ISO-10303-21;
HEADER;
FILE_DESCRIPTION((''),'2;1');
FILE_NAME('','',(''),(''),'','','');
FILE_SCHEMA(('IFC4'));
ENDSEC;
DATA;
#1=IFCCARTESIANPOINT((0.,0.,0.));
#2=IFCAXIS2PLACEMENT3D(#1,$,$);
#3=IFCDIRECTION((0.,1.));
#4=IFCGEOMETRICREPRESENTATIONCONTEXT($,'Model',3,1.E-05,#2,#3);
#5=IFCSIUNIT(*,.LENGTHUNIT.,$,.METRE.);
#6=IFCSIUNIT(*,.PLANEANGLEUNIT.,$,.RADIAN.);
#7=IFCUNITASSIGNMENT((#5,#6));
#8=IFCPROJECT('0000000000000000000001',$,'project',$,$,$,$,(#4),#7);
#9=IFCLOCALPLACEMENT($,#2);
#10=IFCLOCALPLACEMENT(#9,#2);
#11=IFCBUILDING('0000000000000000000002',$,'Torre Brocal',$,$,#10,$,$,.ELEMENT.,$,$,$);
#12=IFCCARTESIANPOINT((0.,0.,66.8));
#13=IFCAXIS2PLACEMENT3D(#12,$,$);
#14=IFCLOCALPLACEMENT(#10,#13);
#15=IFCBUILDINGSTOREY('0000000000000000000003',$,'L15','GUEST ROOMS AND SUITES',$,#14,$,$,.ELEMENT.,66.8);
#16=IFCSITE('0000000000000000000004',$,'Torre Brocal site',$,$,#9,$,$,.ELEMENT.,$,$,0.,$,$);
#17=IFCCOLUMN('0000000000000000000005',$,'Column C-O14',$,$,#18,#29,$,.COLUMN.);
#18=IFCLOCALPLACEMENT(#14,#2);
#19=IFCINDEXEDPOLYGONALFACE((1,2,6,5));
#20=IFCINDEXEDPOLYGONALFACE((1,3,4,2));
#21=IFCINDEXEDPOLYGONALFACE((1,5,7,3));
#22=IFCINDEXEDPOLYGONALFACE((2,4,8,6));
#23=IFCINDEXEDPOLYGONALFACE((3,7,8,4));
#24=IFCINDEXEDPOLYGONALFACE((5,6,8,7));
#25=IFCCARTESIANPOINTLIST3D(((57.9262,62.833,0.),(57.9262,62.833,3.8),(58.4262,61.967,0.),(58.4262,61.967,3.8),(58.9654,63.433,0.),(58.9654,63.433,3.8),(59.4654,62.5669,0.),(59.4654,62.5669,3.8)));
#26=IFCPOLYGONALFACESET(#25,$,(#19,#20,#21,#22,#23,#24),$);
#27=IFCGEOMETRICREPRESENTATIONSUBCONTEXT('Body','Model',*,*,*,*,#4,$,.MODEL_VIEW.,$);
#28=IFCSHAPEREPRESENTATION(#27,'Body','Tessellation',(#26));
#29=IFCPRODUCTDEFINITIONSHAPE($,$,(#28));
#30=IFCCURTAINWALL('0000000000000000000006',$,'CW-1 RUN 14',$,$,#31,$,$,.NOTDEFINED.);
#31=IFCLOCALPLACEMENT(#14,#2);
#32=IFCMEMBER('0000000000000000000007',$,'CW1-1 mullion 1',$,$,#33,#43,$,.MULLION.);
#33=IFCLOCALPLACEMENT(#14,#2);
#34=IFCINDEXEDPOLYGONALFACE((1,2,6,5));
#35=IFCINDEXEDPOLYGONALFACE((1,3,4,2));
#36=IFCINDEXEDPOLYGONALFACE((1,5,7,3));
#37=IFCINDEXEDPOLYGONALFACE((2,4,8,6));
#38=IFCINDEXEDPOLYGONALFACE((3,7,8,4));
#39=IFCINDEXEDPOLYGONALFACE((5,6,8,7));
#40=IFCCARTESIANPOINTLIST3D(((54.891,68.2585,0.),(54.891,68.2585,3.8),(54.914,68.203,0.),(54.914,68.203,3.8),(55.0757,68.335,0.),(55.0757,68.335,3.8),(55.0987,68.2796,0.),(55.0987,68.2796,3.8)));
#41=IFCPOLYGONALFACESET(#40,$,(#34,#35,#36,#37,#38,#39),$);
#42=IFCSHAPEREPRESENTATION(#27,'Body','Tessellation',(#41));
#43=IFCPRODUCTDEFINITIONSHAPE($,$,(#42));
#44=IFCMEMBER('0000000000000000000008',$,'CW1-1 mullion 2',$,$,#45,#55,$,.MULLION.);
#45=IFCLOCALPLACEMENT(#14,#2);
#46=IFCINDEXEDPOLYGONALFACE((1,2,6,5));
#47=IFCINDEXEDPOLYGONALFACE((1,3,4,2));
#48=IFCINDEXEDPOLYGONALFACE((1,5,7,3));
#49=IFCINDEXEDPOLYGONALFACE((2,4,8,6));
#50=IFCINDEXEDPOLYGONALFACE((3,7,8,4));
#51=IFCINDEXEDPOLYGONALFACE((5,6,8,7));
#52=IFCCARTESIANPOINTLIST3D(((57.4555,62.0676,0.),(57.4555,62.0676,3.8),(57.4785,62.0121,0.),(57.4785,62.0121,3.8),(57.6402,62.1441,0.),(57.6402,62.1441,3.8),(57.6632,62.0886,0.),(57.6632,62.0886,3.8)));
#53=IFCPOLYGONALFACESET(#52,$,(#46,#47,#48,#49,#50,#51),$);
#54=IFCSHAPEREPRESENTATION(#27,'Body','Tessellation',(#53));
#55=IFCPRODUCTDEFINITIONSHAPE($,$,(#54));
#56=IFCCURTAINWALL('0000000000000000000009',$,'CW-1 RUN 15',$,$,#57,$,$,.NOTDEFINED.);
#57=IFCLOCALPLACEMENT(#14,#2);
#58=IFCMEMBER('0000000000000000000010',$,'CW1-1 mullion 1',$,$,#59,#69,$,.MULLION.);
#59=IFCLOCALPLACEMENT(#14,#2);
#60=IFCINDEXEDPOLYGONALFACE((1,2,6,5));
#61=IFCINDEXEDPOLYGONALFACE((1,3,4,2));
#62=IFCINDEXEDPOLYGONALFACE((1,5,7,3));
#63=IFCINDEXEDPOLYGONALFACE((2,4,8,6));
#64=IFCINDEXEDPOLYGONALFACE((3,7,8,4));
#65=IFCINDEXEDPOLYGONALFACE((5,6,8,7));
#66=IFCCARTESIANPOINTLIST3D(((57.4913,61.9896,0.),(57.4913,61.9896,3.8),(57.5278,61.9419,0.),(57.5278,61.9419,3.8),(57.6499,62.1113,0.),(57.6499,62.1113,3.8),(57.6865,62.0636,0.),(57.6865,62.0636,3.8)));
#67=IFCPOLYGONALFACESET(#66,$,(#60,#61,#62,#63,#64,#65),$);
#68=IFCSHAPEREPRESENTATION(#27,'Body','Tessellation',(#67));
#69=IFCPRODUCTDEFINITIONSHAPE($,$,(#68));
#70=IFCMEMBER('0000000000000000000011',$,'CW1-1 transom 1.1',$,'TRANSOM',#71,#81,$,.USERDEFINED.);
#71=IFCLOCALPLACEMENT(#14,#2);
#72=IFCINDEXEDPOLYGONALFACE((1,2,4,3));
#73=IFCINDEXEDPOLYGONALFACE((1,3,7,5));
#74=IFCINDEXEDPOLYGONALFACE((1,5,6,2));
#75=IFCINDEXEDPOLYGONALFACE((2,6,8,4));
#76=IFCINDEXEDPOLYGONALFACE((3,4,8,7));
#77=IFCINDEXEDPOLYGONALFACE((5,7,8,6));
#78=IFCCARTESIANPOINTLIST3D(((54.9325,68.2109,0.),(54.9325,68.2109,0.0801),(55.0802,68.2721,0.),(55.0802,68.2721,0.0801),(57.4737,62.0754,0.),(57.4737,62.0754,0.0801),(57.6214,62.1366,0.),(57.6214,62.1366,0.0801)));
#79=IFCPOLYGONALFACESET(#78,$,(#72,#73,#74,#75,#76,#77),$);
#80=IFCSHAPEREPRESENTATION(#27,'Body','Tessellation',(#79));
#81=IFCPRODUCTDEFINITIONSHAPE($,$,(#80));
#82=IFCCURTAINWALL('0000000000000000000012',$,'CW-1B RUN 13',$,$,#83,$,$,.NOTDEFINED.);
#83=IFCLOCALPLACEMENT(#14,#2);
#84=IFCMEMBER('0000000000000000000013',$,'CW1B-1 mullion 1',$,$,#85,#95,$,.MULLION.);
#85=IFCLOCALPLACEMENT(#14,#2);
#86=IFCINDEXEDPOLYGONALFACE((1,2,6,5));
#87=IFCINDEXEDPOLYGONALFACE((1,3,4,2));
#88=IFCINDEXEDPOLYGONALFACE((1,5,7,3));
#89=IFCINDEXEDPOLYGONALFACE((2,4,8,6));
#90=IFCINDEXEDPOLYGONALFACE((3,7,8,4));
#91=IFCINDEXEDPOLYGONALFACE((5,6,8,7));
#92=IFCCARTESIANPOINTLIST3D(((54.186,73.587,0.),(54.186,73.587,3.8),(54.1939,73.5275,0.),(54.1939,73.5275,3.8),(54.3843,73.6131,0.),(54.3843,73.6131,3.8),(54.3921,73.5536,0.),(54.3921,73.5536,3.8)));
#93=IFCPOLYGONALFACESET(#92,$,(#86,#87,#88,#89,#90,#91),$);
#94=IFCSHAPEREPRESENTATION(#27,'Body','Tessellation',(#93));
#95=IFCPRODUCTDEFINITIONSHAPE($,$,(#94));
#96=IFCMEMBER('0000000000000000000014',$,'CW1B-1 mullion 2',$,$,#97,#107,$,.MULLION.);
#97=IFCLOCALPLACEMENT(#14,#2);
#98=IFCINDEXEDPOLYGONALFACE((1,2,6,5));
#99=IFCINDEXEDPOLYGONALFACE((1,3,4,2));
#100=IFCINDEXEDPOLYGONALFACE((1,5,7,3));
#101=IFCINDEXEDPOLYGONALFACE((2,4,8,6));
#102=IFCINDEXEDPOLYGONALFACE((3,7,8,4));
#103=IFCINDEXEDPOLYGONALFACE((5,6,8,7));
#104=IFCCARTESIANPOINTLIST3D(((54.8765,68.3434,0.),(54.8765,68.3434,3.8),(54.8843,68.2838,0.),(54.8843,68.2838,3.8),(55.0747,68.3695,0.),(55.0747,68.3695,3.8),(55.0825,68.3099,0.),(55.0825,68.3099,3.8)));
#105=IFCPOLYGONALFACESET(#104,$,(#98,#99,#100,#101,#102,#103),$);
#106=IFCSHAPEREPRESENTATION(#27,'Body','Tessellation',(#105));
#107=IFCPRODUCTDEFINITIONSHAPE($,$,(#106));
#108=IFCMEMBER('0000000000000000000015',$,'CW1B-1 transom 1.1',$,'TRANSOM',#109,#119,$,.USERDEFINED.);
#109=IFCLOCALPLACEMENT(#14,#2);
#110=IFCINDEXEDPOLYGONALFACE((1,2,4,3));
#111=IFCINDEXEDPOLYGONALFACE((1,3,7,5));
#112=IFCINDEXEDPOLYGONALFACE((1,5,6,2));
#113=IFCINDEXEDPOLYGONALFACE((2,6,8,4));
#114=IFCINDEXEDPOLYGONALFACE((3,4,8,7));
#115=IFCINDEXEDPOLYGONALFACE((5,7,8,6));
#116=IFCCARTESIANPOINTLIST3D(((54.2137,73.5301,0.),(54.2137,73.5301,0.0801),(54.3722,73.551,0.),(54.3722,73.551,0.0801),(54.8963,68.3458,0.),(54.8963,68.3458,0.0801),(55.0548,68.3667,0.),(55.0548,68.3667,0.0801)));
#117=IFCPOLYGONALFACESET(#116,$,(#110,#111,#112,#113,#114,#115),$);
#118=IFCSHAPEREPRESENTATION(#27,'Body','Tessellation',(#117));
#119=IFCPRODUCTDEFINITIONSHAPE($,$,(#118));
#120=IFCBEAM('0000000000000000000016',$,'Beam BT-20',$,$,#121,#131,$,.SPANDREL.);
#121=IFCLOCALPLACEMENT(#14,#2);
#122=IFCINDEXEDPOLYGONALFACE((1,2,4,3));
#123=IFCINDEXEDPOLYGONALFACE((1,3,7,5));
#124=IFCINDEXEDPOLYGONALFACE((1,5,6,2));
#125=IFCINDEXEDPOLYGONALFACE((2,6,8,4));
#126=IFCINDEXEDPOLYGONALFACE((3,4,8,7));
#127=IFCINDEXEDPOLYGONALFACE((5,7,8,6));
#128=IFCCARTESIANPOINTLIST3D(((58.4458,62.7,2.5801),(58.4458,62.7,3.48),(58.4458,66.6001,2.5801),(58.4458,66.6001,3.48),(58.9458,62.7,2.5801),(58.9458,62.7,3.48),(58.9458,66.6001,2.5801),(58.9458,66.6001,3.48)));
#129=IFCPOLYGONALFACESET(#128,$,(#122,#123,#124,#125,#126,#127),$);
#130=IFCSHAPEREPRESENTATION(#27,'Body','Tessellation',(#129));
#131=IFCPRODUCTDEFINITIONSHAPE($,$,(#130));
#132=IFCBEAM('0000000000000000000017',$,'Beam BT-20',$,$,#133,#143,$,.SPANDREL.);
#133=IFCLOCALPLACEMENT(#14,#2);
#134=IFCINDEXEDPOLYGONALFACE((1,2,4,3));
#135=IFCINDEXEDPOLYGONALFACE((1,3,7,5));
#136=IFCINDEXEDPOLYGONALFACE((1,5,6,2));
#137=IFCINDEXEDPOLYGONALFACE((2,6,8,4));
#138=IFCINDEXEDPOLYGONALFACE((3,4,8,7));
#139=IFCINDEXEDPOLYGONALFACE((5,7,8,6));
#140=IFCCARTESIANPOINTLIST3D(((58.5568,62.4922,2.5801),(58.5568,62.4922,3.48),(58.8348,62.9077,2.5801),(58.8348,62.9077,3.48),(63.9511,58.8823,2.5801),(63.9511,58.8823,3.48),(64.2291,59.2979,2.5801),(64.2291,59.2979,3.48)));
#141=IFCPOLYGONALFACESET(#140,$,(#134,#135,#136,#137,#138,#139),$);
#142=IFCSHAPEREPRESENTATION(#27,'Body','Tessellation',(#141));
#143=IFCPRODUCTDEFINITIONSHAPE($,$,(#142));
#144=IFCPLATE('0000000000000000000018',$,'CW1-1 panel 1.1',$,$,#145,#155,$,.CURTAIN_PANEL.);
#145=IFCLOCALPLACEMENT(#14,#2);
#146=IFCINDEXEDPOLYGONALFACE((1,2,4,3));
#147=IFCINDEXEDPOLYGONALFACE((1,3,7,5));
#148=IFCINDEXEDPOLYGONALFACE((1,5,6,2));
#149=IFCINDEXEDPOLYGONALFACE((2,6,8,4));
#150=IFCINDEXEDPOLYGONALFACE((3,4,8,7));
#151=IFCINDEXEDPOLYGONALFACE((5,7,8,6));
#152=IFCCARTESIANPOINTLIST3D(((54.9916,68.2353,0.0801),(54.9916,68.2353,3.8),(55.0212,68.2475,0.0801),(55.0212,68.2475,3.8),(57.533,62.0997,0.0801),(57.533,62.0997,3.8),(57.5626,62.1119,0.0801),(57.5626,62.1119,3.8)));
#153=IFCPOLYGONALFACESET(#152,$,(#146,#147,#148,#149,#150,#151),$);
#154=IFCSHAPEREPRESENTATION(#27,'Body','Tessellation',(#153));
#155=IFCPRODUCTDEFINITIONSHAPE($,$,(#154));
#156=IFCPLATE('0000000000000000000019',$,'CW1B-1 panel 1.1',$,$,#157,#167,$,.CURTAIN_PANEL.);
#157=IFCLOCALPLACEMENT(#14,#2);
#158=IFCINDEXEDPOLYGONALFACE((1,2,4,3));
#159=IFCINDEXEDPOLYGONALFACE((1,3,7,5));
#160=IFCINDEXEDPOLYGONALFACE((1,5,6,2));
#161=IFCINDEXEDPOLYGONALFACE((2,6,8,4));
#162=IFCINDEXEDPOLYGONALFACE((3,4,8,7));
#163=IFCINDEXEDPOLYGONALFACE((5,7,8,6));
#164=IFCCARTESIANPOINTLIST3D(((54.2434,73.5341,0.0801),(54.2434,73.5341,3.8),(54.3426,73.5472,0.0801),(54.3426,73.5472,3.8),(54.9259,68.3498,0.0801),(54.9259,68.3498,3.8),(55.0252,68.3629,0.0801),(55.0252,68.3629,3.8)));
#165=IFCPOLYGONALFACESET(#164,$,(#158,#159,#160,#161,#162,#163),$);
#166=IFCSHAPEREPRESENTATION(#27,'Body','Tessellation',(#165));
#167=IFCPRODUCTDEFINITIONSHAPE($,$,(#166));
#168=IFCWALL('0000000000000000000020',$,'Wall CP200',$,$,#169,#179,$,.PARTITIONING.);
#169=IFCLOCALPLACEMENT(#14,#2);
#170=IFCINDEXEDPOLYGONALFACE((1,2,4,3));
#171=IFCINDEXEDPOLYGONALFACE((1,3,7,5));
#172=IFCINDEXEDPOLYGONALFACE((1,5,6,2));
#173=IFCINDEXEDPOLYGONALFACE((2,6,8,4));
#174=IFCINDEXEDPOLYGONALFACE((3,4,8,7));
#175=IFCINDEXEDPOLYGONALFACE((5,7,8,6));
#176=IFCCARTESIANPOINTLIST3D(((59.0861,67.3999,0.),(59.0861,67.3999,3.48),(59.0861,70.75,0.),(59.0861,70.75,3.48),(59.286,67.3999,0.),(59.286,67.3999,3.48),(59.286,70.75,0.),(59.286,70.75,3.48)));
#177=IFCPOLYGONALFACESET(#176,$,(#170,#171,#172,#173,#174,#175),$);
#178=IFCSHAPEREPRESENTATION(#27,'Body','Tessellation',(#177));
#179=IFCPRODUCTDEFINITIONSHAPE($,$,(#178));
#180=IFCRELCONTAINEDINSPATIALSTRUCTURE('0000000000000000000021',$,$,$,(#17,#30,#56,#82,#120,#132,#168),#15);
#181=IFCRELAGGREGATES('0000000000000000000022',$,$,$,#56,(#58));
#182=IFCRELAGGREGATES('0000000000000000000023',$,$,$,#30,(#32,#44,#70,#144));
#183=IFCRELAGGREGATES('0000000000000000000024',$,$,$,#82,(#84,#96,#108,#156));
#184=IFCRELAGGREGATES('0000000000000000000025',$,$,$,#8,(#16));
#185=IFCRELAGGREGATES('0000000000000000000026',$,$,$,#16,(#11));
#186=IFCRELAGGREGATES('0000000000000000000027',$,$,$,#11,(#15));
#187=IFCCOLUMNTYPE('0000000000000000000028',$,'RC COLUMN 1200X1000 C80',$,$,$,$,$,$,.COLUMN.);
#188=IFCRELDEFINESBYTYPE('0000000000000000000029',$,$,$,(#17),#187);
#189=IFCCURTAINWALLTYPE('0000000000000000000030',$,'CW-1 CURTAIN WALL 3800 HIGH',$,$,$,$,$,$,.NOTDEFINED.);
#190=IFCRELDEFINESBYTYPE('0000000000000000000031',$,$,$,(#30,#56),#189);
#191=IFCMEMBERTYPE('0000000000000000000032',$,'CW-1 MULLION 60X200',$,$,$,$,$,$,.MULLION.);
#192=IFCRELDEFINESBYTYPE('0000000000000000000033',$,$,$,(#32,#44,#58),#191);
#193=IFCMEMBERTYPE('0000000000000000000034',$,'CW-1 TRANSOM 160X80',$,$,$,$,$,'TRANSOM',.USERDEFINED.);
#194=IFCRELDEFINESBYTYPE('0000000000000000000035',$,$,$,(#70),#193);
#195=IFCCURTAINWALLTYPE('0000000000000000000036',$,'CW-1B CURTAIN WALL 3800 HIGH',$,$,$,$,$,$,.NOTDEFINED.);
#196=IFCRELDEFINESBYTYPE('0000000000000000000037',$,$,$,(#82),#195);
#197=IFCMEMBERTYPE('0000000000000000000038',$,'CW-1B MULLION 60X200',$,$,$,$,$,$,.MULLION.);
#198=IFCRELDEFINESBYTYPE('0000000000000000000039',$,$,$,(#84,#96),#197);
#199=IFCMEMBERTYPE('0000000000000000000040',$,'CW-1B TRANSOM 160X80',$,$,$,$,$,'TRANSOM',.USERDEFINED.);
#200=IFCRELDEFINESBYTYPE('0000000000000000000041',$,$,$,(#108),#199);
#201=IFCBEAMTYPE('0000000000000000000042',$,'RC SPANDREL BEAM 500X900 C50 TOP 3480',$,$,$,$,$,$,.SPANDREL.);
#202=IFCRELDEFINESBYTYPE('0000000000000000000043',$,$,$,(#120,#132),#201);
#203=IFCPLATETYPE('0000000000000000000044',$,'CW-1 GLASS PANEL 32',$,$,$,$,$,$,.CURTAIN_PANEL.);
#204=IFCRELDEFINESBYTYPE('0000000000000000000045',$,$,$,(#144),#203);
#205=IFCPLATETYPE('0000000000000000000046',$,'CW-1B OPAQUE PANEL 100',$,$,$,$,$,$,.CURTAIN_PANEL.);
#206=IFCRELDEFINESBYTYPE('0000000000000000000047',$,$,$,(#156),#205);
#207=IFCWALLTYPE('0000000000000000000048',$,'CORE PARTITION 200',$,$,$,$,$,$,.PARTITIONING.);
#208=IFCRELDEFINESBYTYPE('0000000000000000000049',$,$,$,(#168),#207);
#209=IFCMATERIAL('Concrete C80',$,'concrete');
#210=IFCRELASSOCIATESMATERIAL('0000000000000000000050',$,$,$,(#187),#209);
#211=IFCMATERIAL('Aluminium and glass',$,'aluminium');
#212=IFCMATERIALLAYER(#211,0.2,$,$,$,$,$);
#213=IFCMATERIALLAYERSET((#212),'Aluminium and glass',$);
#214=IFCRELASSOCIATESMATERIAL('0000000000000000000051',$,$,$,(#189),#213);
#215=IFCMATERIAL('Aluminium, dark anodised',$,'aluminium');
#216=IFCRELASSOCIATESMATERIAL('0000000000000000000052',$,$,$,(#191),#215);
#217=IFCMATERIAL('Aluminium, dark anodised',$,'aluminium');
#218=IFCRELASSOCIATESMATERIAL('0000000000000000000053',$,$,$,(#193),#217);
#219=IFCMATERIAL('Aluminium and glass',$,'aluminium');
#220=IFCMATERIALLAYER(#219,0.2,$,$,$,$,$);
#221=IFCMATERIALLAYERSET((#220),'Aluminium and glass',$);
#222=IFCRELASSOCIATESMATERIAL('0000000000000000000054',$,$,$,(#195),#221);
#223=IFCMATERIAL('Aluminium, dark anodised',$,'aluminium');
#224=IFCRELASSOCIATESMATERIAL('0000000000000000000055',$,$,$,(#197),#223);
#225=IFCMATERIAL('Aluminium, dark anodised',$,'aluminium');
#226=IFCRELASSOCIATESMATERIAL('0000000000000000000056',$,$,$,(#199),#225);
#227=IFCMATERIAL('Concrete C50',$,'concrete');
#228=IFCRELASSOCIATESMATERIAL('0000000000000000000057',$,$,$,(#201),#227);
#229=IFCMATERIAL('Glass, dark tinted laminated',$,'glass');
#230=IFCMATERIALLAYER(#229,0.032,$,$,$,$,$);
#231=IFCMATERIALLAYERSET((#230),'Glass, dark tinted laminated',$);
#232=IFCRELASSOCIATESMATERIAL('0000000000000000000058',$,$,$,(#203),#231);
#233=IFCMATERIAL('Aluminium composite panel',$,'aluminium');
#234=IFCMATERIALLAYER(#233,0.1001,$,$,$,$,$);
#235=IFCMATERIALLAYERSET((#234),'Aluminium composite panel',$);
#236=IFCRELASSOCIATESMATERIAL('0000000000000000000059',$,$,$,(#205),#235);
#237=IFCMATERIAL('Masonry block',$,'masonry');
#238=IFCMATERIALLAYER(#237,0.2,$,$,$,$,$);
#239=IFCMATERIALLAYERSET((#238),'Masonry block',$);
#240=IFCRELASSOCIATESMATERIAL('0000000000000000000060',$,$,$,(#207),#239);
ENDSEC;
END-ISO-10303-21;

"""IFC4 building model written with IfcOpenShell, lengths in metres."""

from ifc_helpers import new_model, si_unit, direction, frame, frame_2d, origin, origin_2d, place, context, subcontext, project, spatial, rectangle, extrude, material, layer, layer_set, material_profile, profile_set, type_object, element, aggregate, save


model = new_model("IFC4")

# Units and contexts
model_context = context("Model", 3, precision=1e-05, world=origin(), true_north=direction((0.0, 1.0)))
body_context = subcontext(model_context, "Body", "Model", "MODEL_VIEW")
ifc_project = project(units=[si_unit("LENGTHUNIT", "METRE"), si_unit("PLANEANGLEUNIT", "RADIAN")], contexts=[model_context])

# Site, building, storey
site_placement = place(None, origin())
site = spatial("IfcSite", under=ifc_project, at=site_placement, Name="Torre Brocal site", CompositionType="ELEMENT", RefElevation=0.0)
building_placement = place(site_placement, origin())
building = spatial("IfcBuilding", under=site, at=building_placement, Name="Torre Brocal", CompositionType="ELEMENT")
storey_placement = place(building_placement, frame((0.0, 0.0, 66.8)))
storey = spatial("IfcBuildingStorey", under=building, at=storey_placement, Name="L15", Description="GUEST ROOMS AND SUITES", CompositionType="ELEMENT", Elevation=66.8)

# Column
ifc_material_1 = material(Name="Concrete C80", Category="concrete")
ifc_material_profile_1 = material_profile(ifc_material_1, rectangle(XDim=1.2, YDim=1.0, at=origin_2d()), Name="RC 1200X1000")
ifc_profile_set_1 = profile_set([ifc_material_profile_1], Name="Concrete C80")
column_type = type_object("IfcColumnType", Name="RC COLUMN 1200X1000 C80", PredefinedType="COLUMN", material=ifc_profile_set_1)
column_placement = place(storey_placement, frame((58.6958, 62.7, 0.0), z_axis=(0.0, 0.0, 1.0), x_axis=(-0.866025, -0.5, 0.0)))
element("IfcColumn", 1, at=column_placement, inside=storey, type_object=column_type, Name="Column C-O14", PredefinedType="COLUMN", context=body_context, shape_type="SweptSolid", body=[
    extrude(rectangle(XDim=1.2, YDim=1.0, at=origin_2d()), origin(), (0.0, 0.0, 1.0), 3.8),
])

# Curtain wall, members
ifc_material_2 = material(Name="Aluminium and glass", Category="aluminium")
ifc_layer_1 = layer(ifc_material_2, 0.2)
ifc_layer_set_1 = layer_set([ifc_layer_1], Name="Aluminium and glass")
curtain_wall_type_1 = type_object("IfcCurtainWallType", Name="CW-1 CURTAIN WALL 3800 HIGH", PredefinedType="NOTDEFINED", material=ifc_layer_set_1)
curtain_wall_1_placement = place(storey_placement, origin())
curtain_wall_1 = element("IfcCurtainWall", 2, at=curtain_wall_1_placement, inside=storey, type_object=curtain_wall_type_1, Name="CW-1 RUN 14", PredefinedType="NOTDEFINED")
ifc_material_3 = material(Name="Aluminium, dark anodised", Category="aluminium")
ifc_material_profile_2 = material_profile(ifc_material_3, rectangle(XDim=0.2, YDim=0.0601, at=origin_2d()), Name="CW-1 MULLION 60X200")
ifc_profile_set_2 = profile_set([ifc_material_profile_2], Name="Aluminium, dark anodised")
member_type_1 = type_object("IfcMemberType", Name="CW-1 MULLION 60X200", PredefinedType="MULLION", material=ifc_profile_set_2)
member_1_placement = place(storey_placement, frame((54.9949, 68.269, 0.0), z_axis=(0.0, 0.0, 1.0), x_axis=(0.92388, 0.382683, 0.0)))
member_1 = element("IfcMember", 3, at=member_1_placement, type_object=member_type_1, Name="CW1-1 mullion 1", PredefinedType="MULLION", context=body_context, shape_type="SweptSolid", body=[
    extrude(rectangle(XDim=0.2, YDim=0.0601, at=origin_2d()), origin(), (0.0, 0.0, 1.0), 3.8),
])
member_2_placement = place(storey_placement, frame((57.5593, 62.0781, 0.0), z_axis=(0.0, 0.0, 1.0), x_axis=(0.92388, 0.382683, 0.0)))
member_2 = element("IfcMember", 4, at=member_2_placement, type_object=member_type_1, Name="CW1-1 mullion 2", PredefinedType="MULLION", context=body_context, shape_type="SweptSolid", body=[
    extrude(rectangle(XDim=0.2, YDim=0.0601, at=origin_2d()), origin(), (0.0, 0.0, 1.0), 3.8),
])

# Curtain wall, member
curtain_wall_2_placement = place(storey_placement, origin())
curtain_wall_2 = element("IfcCurtainWall", 5, at=curtain_wall_2_placement, inside=storey, type_object=curtain_wall_type_1, Name="CW-1 RUN 15", PredefinedType="NOTDEFINED")
member_3_placement = place(storey_placement, frame((57.5889, 62.0266, 0.0), z_axis=(0.0, 0.0, 1.0), x_axis=(0.793353, 0.608761, 0.0)))
member_3 = element("IfcMember", 6, at=member_3_placement, type_object=member_type_1, Name="CW1-1 mullion 1", PredefinedType="MULLION", context=body_context, shape_type="SweptSolid", body=[
    extrude(rectangle(XDim=0.2, YDim=0.0601, at=origin_2d()), origin(), (0.0, 0.0, 1.0), 3.8),
])
aggregate(curtain_wall_2, [member_3])

# Member
ifc_material_4 = material(Name="Aluminium, dark anodised", Category="aluminium")
ifc_material_profile_3 = material_profile(ifc_material_4, rectangle(XDim=0.1599, YDim=0.0801, at=origin_2d()), Name="CW-1 TRANSOM 160X80")
ifc_profile_set_3 = profile_set([ifc_material_profile_3], Name="Aluminium, dark anodised")
member_type_2 = type_object("IfcMemberType", Name="CW-1 TRANSOM 160X80", ElementType="TRANSOM", PredefinedType="USERDEFINED", material=ifc_profile_set_3)
member_4_placement = place(storey_placement, frame((55.0063, 68.2415, 0.04), z_axis=(0.382665, -0.923887, 0.0), x_axis=(0.923887, 0.382665, 0.0)))
member_4 = element("IfcMember", 7, at=member_4_placement, type_object=member_type_2, Name="CW1-1 transom 1.1", ObjectType="TRANSOM", PredefinedType="USERDEFINED", context=body_context, shape_type="SweptSolid", body=[
    extrude(rectangle(XDim=0.1599, YDim=0.0801, at=origin_2d()), origin(), (0.0, 0.0, 1.0), 6.6409),
])

# Curtain wall, members
ifc_material_5 = material(Name="Aluminium and glass", Category="aluminium")
ifc_layer_2 = layer(ifc_material_5, 0.2)
ifc_layer_set_2 = layer_set([ifc_layer_2], Name="Aluminium and glass")
curtain_wall_type_2 = type_object("IfcCurtainWallType", Name="CW-1B CURTAIN WALL 3800 HIGH", PredefinedType="NOTDEFINED", material=ifc_layer_set_2)
curtain_wall_3_placement = place(storey_placement, origin())
curtain_wall_3 = element("IfcCurtainWall", 8, at=curtain_wall_3_placement, inside=storey, type_object=curtain_wall_type_2, Name="CW-1B RUN 13", PredefinedType="NOTDEFINED")
ifc_material_6 = material(Name="Aluminium, dark anodised", Category="aluminium")
ifc_material_profile_4 = material_profile(ifc_material_6, rectangle(XDim=0.2, YDim=0.0601, at=origin_2d()), Name="CW-1B MULLION 60X200")
ifc_profile_set_4 = profile_set([ifc_material_profile_4], Name="Aluminium, dark anodised")
member_type_3 = type_object("IfcMemberType", Name="CW-1B MULLION 60X200", PredefinedType="MULLION", material=ifc_profile_set_4)
member_5_placement = place(storey_placement, frame((54.2891, 73.5703, 0.0), z_axis=(0.0, 0.0, 1.0), x_axis=(0.991445, 0.130526, 0.0)))
member_5 = element("IfcMember", 9, at=member_5_placement, type_object=member_type_3, Name="CW1B-1 mullion 1", PredefinedType="MULLION", context=body_context, shape_type="SweptSolid", body=[
    extrude(rectangle(XDim=0.2, YDim=0.0601, at=origin_2d()), origin(), (0.0, 0.0, 1.0), 3.8),
])
member_6_placement = place(storey_placement, frame((54.9795, 68.3267, 0.0), z_axis=(0.0, 0.0, 1.0), x_axis=(0.991445, 0.130526, 0.0)))
member_6 = element("IfcMember", 10, at=member_6_placement, type_object=member_type_3, Name="CW1B-1 mullion 2", PredefinedType="MULLION", context=body_context, shape_type="SweptSolid", body=[
    extrude(rectangle(XDim=0.2, YDim=0.0601, at=origin_2d()), origin(), (0.0, 0.0, 1.0), 3.8),
])
ifc_material_7 = material(Name="Aluminium, dark anodised", Category="aluminium")
ifc_material_profile_5 = material_profile(ifc_material_7, rectangle(XDim=0.1599, YDim=0.0801, at=origin_2d()), Name="CW-1B TRANSOM 160X80")
ifc_profile_set_5 = profile_set([ifc_material_profile_5], Name="Aluminium, dark anodised")
member_type_4 = type_object("IfcMemberType", Name="CW-1B TRANSOM 160X80", ElementType="TRANSOM", PredefinedType="USERDEFINED", material=ifc_profile_set_5)
member_7_placement = place(storey_placement, frame((54.293, 73.5405, 0.04), z_axis=(0.130543, -0.991443, 0.0), x_axis=(0.991443, 0.130543, 0.0)))
member_7 = element("IfcMember", 11, at=member_7_placement, type_object=member_type_4, Name="CW1B-1 transom 1.1", ObjectType="TRANSOM", PredefinedType="USERDEFINED", context=body_context, shape_type="SweptSolid", body=[
    extrude(rectangle(XDim=0.1599, YDim=0.0801, at=origin_2d()), origin(), (0.0, 0.0, 1.0), 5.229),
])

# Beams
ifc_material_8 = material(Name="Concrete C50", Category="concrete")
ifc_material_profile_6 = material_profile(ifc_material_8, rectangle(XDim=0.5, YDim=0.8999, at=origin_2d()), Name="RC 500X900")
ifc_profile_set_6 = profile_set([ifc_material_profile_6], Name="Concrete C50")
beam_type = type_object("IfcBeamType", Name="RC SPANDREL BEAM 500X900 C50 TOP 3480", PredefinedType="SPANDREL", material=ifc_profile_set_6)
beam_1_placement = place(storey_placement, frame((58.6958, 62.7, 3.03), z_axis=(0.0, 1.0, 0.0), x_axis=(-1.0, 0.0, 0.0)))
element("IfcBeam", 12, at=beam_1_placement, inside=storey, type_object=beam_type, Name="Beam BT-20", PredefinedType="SPANDREL", context=body_context, shape_type="SweptSolid", body=[
    extrude(rectangle(XDim=0.5, YDim=0.8999, at=origin_2d()), origin(), (0.0, 0.0, 1.0), 3.9001),
])
beam_2_placement = place(storey_placement, frame((58.6958, 62.7, 3.03), z_axis=(0.831077, -0.556158, 0.0), x_axis=(0.556158, 0.831077, 0.0)))
element("IfcBeam", 13, at=beam_2_placement, inside=storey, type_object=beam_type, Name="Beam BT-20", PredefinedType="SPANDREL", context=body_context, shape_type="SweptSolid", body=[
    extrude(rectangle(XDim=0.5, YDim=0.8999, at=origin_2d()), origin(), (0.0, 0.0, 1.0), 6.4907),
])

# Plates
ifc_material_9 = material(Name="Glass, dark tinted laminated", Category="glass")
ifc_layer_3 = layer(ifc_material_9, 0.032)
ifc_layer_set_3 = layer_set([ifc_layer_3], Name="Glass, dark tinted laminated")
plate_type_1 = type_object("IfcPlateType", Name="CW-1 GLASS PANEL 32", PredefinedType="CURTAIN_PANEL", material=ifc_layer_set_3)
plate_1_placement = place(storey_placement, frame((56.2771, 65.1736, 0.0801), z_axis=(0.0, 0.0, 1.0), x_axis=(0.382683, -0.92388, 0.0)))
plate_1 = element("IfcPlate", 14, at=plate_1_placement, type_object=plate_type_1, Name="CW1-1 panel 1.1", PredefinedType="CURTAIN_PANEL", context=body_context, shape_type="SweptSolid", body=[
    extrude(rectangle(XDim=6.6411, YDim=0.032, at=origin_2d()), origin(), (0.0, 0.0, 1.0), 3.72),
])
aggregate(curtain_wall_1, [member_1, member_2, member_4, plate_1])
ifc_material_10 = material(Name="Aluminium composite panel", Category="aluminium")
ifc_layer_4 = layer(ifc_material_10, 0.1001)
ifc_layer_set_4 = layer_set([ifc_layer_4], Name="Aluminium composite panel")
plate_type_2 = type_object("IfcPlateType", Name="CW-1B OPAQUE PANEL 100", PredefinedType="CURTAIN_PANEL", material=ifc_layer_set_4)
plate_2_placement = place(storey_placement, frame((54.6343, 70.9485, 0.0801), z_axis=(0.0, 0.0, 1.0), x_axis=(0.130526, -0.991445, 0.0)))
plate_2 = element("IfcPlate", 15, at=plate_2_placement, type_object=plate_type_2, Name="CW1B-1 panel 1.1", PredefinedType="CURTAIN_PANEL", context=body_context, shape_type="SweptSolid", body=[
    extrude(rectangle(XDim=5.229, YDim=0.1001, at=origin_2d()), origin(), (0.0, 0.0, 1.0), 3.72),
])
aggregate(curtain_wall_3, [member_5, member_6, member_7, plate_2])

# Wall
ifc_material_11 = material(Name="Masonry block", Category="masonry")
ifc_layer_5 = layer(ifc_material_11, 0.2)
ifc_layer_set_5 = layer_set([ifc_layer_5], Name="Masonry block")
wall_type_1 = type_object("IfcWallType", Name="CORE PARTITION 200", PredefinedType="PARTITIONING", material=ifc_layer_set_5)
wall_1_placement = place(storey_placement, frame((59.186, 70.75, 0.0), z_axis=(0.0, 0.0, 1.0), x_axis=(0.0, -1.0, 0.0)))
element("IfcWall", 16, at=wall_1_placement, inside=storey, type_object=wall_type_1, Name="Wall CP200", PredefinedType="PARTITIONING", context=body_context, shape_type="SweptSolid", body=[
    extrude(rectangle(XDim=3.3501, YDim=0.2, at=frame_2d((1.675, 0.0))), origin(), (0.0, 0.0, 1.0), 3.48),
])

save(model, "model.ifc")
